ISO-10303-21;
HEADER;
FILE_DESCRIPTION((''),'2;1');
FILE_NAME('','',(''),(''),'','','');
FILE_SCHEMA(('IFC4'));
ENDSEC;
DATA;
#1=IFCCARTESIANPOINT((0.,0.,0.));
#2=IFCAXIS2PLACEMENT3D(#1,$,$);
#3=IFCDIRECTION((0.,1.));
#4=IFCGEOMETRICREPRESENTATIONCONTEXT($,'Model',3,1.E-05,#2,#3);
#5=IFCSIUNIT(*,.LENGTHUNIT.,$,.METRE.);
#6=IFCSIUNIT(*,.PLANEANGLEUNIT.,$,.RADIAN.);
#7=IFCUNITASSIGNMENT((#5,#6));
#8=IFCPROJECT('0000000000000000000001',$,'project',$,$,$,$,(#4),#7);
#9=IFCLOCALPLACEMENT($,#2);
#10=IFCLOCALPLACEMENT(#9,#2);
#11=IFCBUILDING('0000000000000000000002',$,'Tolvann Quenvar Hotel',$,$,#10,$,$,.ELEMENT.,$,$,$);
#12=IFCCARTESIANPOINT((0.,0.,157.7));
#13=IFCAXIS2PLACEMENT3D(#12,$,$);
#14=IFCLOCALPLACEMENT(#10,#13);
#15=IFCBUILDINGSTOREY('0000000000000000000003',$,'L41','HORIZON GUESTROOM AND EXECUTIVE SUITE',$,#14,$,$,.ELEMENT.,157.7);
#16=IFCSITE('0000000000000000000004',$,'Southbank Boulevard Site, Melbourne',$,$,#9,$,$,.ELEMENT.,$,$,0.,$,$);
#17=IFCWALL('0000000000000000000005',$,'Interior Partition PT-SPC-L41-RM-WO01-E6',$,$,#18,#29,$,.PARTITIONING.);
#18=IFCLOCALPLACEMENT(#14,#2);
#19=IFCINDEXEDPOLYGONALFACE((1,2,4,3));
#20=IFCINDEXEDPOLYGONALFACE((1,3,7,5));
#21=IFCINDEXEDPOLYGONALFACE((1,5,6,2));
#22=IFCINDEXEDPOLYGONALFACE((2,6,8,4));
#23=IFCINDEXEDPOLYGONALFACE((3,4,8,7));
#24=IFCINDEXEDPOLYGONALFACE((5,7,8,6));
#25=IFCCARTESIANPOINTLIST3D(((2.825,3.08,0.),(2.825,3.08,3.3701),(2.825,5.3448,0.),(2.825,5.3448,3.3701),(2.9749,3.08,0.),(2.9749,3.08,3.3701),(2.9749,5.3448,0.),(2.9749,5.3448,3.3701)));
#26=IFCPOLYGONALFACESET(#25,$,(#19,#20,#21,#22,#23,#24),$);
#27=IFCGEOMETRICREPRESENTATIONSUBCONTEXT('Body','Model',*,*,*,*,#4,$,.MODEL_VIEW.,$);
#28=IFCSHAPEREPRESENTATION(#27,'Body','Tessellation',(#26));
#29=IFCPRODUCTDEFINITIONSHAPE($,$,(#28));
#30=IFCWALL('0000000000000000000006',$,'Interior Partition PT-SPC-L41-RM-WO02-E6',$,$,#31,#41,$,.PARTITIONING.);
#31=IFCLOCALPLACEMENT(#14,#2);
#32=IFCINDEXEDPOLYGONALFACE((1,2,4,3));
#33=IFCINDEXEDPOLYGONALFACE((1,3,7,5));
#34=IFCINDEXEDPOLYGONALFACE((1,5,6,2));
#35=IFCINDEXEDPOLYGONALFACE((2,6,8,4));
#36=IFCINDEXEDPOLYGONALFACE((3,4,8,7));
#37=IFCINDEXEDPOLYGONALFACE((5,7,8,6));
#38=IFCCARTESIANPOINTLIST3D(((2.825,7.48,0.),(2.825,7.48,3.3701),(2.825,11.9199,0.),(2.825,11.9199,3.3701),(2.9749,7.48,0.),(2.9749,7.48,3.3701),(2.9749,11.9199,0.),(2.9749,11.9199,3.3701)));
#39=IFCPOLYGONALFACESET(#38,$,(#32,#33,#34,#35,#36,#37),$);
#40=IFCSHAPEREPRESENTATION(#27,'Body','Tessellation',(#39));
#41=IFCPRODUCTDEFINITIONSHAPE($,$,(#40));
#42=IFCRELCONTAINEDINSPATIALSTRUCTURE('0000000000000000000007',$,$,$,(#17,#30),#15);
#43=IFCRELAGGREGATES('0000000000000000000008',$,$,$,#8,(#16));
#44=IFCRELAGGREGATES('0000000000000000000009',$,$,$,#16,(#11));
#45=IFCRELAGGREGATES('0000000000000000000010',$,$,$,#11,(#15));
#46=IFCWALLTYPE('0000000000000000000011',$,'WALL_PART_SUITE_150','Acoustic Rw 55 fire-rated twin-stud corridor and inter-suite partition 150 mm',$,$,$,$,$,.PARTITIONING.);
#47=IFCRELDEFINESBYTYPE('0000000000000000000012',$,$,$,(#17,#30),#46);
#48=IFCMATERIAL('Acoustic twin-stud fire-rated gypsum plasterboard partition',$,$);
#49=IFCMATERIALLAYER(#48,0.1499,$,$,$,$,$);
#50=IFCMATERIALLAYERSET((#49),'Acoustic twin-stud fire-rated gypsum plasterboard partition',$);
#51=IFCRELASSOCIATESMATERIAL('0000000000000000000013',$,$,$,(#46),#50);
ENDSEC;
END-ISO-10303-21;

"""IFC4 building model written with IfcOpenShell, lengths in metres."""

from ifc_helpers import new_model, si_unit, direction, frame, frame_2d, origin, place, context, subcontext, project, spatial, rectangle, extrude, material, layer, layer_set, type_object, element, save


model = new_model("IFC4")

# Units and contexts
model_context = context("Model", 3, precision=1e-05, world=origin(), true_north=direction((0.0, 1.0)))
body_context = subcontext(model_context, "Body", "Model", "MODEL_VIEW")
ifc_project = project(units=[si_unit("LENGTHUNIT", "METRE"), si_unit("PLANEANGLEUNIT", "RADIAN")], contexts=[model_context])

# Site, building, storey
site_placement = place(None, origin())
site = spatial("IfcSite", under=ifc_project, at=site_placement, Name="Southbank Boulevard Site, Melbourne", CompositionType="ELEMENT", RefElevation=0.0)
building_placement = place(site_placement, origin())
building = spatial("IfcBuilding", under=site, at=building_placement, Name="Tolvann Quenvar Hotel", CompositionType="ELEMENT")
storey_placement = place(building_placement, frame((0.0, 0.0, 157.7)))
storey = spatial("IfcBuildingStorey", under=building, at=storey_placement, Name="L41", Description="HORIZON GUESTROOM AND EXECUTIVE SUITE", CompositionType="ELEMENT", Elevation=157.7)

# Shared definitions
ifc_material_1 = material(Name="Acoustic twin-stud fire-rated gypsum plasterboard partition")
ifc_layer_1 = layer(ifc_material_1, 0.1499)
ifc_layer_set_1 = layer_set([ifc_layer_1], Name="Acoustic twin-stud fire-rated gypsum plasterboard partition")
wall_type_1 = type_object("IfcWallType", Name="WALL_PART_SUITE_150", Description="Acoustic Rw 55 fire-rated twin-stud corridor and inter-suite partition 150 mm", PredefinedType="PARTITIONING", material=ifc_layer_set_1)

# Walls
wall_1_placement = place(storey_placement, frame((2.8999, 3.0801, 0.0), z_axis=(0.0, 0.0, 1.0), x_axis=(0.0, 1.0, 0.0)))
element("IfcWall", 1, at=wall_1_placement, inside=storey, type_object=wall_type_1, Name="Interior Partition PT-SPC-L41-RM-WO01-E6", PredefinedType="PARTITIONING", context=body_context, shape_type="SweptSolid", body=[
    extrude(rectangle(XDim=2.2649, YDim=0.1499, at=frame_2d((1.1323, 0.0))), origin(), (0.0, 0.0, 1.0), 3.3701),
])
wall_2_placement = place(storey_placement, frame((2.8999, 7.48, 0.0), z_axis=(0.0, 0.0, 1.0), x_axis=(0.0, 1.0, 0.0)))
element("IfcWall", 2, at=wall_2_placement, inside=storey, type_object=wall_type_1, Name="Interior Partition PT-SPC-L41-RM-WO02-E6", PredefinedType="PARTITIONING", context=body_context, shape_type="SweptSolid", body=[
    extrude(rectangle(XDim=4.4399, YDim=0.1499, at=frame_2d((2.22, 0.0))), origin(), (0.0, 0.0, 1.0), 3.3701),
])

save(model, "model.ifc")
